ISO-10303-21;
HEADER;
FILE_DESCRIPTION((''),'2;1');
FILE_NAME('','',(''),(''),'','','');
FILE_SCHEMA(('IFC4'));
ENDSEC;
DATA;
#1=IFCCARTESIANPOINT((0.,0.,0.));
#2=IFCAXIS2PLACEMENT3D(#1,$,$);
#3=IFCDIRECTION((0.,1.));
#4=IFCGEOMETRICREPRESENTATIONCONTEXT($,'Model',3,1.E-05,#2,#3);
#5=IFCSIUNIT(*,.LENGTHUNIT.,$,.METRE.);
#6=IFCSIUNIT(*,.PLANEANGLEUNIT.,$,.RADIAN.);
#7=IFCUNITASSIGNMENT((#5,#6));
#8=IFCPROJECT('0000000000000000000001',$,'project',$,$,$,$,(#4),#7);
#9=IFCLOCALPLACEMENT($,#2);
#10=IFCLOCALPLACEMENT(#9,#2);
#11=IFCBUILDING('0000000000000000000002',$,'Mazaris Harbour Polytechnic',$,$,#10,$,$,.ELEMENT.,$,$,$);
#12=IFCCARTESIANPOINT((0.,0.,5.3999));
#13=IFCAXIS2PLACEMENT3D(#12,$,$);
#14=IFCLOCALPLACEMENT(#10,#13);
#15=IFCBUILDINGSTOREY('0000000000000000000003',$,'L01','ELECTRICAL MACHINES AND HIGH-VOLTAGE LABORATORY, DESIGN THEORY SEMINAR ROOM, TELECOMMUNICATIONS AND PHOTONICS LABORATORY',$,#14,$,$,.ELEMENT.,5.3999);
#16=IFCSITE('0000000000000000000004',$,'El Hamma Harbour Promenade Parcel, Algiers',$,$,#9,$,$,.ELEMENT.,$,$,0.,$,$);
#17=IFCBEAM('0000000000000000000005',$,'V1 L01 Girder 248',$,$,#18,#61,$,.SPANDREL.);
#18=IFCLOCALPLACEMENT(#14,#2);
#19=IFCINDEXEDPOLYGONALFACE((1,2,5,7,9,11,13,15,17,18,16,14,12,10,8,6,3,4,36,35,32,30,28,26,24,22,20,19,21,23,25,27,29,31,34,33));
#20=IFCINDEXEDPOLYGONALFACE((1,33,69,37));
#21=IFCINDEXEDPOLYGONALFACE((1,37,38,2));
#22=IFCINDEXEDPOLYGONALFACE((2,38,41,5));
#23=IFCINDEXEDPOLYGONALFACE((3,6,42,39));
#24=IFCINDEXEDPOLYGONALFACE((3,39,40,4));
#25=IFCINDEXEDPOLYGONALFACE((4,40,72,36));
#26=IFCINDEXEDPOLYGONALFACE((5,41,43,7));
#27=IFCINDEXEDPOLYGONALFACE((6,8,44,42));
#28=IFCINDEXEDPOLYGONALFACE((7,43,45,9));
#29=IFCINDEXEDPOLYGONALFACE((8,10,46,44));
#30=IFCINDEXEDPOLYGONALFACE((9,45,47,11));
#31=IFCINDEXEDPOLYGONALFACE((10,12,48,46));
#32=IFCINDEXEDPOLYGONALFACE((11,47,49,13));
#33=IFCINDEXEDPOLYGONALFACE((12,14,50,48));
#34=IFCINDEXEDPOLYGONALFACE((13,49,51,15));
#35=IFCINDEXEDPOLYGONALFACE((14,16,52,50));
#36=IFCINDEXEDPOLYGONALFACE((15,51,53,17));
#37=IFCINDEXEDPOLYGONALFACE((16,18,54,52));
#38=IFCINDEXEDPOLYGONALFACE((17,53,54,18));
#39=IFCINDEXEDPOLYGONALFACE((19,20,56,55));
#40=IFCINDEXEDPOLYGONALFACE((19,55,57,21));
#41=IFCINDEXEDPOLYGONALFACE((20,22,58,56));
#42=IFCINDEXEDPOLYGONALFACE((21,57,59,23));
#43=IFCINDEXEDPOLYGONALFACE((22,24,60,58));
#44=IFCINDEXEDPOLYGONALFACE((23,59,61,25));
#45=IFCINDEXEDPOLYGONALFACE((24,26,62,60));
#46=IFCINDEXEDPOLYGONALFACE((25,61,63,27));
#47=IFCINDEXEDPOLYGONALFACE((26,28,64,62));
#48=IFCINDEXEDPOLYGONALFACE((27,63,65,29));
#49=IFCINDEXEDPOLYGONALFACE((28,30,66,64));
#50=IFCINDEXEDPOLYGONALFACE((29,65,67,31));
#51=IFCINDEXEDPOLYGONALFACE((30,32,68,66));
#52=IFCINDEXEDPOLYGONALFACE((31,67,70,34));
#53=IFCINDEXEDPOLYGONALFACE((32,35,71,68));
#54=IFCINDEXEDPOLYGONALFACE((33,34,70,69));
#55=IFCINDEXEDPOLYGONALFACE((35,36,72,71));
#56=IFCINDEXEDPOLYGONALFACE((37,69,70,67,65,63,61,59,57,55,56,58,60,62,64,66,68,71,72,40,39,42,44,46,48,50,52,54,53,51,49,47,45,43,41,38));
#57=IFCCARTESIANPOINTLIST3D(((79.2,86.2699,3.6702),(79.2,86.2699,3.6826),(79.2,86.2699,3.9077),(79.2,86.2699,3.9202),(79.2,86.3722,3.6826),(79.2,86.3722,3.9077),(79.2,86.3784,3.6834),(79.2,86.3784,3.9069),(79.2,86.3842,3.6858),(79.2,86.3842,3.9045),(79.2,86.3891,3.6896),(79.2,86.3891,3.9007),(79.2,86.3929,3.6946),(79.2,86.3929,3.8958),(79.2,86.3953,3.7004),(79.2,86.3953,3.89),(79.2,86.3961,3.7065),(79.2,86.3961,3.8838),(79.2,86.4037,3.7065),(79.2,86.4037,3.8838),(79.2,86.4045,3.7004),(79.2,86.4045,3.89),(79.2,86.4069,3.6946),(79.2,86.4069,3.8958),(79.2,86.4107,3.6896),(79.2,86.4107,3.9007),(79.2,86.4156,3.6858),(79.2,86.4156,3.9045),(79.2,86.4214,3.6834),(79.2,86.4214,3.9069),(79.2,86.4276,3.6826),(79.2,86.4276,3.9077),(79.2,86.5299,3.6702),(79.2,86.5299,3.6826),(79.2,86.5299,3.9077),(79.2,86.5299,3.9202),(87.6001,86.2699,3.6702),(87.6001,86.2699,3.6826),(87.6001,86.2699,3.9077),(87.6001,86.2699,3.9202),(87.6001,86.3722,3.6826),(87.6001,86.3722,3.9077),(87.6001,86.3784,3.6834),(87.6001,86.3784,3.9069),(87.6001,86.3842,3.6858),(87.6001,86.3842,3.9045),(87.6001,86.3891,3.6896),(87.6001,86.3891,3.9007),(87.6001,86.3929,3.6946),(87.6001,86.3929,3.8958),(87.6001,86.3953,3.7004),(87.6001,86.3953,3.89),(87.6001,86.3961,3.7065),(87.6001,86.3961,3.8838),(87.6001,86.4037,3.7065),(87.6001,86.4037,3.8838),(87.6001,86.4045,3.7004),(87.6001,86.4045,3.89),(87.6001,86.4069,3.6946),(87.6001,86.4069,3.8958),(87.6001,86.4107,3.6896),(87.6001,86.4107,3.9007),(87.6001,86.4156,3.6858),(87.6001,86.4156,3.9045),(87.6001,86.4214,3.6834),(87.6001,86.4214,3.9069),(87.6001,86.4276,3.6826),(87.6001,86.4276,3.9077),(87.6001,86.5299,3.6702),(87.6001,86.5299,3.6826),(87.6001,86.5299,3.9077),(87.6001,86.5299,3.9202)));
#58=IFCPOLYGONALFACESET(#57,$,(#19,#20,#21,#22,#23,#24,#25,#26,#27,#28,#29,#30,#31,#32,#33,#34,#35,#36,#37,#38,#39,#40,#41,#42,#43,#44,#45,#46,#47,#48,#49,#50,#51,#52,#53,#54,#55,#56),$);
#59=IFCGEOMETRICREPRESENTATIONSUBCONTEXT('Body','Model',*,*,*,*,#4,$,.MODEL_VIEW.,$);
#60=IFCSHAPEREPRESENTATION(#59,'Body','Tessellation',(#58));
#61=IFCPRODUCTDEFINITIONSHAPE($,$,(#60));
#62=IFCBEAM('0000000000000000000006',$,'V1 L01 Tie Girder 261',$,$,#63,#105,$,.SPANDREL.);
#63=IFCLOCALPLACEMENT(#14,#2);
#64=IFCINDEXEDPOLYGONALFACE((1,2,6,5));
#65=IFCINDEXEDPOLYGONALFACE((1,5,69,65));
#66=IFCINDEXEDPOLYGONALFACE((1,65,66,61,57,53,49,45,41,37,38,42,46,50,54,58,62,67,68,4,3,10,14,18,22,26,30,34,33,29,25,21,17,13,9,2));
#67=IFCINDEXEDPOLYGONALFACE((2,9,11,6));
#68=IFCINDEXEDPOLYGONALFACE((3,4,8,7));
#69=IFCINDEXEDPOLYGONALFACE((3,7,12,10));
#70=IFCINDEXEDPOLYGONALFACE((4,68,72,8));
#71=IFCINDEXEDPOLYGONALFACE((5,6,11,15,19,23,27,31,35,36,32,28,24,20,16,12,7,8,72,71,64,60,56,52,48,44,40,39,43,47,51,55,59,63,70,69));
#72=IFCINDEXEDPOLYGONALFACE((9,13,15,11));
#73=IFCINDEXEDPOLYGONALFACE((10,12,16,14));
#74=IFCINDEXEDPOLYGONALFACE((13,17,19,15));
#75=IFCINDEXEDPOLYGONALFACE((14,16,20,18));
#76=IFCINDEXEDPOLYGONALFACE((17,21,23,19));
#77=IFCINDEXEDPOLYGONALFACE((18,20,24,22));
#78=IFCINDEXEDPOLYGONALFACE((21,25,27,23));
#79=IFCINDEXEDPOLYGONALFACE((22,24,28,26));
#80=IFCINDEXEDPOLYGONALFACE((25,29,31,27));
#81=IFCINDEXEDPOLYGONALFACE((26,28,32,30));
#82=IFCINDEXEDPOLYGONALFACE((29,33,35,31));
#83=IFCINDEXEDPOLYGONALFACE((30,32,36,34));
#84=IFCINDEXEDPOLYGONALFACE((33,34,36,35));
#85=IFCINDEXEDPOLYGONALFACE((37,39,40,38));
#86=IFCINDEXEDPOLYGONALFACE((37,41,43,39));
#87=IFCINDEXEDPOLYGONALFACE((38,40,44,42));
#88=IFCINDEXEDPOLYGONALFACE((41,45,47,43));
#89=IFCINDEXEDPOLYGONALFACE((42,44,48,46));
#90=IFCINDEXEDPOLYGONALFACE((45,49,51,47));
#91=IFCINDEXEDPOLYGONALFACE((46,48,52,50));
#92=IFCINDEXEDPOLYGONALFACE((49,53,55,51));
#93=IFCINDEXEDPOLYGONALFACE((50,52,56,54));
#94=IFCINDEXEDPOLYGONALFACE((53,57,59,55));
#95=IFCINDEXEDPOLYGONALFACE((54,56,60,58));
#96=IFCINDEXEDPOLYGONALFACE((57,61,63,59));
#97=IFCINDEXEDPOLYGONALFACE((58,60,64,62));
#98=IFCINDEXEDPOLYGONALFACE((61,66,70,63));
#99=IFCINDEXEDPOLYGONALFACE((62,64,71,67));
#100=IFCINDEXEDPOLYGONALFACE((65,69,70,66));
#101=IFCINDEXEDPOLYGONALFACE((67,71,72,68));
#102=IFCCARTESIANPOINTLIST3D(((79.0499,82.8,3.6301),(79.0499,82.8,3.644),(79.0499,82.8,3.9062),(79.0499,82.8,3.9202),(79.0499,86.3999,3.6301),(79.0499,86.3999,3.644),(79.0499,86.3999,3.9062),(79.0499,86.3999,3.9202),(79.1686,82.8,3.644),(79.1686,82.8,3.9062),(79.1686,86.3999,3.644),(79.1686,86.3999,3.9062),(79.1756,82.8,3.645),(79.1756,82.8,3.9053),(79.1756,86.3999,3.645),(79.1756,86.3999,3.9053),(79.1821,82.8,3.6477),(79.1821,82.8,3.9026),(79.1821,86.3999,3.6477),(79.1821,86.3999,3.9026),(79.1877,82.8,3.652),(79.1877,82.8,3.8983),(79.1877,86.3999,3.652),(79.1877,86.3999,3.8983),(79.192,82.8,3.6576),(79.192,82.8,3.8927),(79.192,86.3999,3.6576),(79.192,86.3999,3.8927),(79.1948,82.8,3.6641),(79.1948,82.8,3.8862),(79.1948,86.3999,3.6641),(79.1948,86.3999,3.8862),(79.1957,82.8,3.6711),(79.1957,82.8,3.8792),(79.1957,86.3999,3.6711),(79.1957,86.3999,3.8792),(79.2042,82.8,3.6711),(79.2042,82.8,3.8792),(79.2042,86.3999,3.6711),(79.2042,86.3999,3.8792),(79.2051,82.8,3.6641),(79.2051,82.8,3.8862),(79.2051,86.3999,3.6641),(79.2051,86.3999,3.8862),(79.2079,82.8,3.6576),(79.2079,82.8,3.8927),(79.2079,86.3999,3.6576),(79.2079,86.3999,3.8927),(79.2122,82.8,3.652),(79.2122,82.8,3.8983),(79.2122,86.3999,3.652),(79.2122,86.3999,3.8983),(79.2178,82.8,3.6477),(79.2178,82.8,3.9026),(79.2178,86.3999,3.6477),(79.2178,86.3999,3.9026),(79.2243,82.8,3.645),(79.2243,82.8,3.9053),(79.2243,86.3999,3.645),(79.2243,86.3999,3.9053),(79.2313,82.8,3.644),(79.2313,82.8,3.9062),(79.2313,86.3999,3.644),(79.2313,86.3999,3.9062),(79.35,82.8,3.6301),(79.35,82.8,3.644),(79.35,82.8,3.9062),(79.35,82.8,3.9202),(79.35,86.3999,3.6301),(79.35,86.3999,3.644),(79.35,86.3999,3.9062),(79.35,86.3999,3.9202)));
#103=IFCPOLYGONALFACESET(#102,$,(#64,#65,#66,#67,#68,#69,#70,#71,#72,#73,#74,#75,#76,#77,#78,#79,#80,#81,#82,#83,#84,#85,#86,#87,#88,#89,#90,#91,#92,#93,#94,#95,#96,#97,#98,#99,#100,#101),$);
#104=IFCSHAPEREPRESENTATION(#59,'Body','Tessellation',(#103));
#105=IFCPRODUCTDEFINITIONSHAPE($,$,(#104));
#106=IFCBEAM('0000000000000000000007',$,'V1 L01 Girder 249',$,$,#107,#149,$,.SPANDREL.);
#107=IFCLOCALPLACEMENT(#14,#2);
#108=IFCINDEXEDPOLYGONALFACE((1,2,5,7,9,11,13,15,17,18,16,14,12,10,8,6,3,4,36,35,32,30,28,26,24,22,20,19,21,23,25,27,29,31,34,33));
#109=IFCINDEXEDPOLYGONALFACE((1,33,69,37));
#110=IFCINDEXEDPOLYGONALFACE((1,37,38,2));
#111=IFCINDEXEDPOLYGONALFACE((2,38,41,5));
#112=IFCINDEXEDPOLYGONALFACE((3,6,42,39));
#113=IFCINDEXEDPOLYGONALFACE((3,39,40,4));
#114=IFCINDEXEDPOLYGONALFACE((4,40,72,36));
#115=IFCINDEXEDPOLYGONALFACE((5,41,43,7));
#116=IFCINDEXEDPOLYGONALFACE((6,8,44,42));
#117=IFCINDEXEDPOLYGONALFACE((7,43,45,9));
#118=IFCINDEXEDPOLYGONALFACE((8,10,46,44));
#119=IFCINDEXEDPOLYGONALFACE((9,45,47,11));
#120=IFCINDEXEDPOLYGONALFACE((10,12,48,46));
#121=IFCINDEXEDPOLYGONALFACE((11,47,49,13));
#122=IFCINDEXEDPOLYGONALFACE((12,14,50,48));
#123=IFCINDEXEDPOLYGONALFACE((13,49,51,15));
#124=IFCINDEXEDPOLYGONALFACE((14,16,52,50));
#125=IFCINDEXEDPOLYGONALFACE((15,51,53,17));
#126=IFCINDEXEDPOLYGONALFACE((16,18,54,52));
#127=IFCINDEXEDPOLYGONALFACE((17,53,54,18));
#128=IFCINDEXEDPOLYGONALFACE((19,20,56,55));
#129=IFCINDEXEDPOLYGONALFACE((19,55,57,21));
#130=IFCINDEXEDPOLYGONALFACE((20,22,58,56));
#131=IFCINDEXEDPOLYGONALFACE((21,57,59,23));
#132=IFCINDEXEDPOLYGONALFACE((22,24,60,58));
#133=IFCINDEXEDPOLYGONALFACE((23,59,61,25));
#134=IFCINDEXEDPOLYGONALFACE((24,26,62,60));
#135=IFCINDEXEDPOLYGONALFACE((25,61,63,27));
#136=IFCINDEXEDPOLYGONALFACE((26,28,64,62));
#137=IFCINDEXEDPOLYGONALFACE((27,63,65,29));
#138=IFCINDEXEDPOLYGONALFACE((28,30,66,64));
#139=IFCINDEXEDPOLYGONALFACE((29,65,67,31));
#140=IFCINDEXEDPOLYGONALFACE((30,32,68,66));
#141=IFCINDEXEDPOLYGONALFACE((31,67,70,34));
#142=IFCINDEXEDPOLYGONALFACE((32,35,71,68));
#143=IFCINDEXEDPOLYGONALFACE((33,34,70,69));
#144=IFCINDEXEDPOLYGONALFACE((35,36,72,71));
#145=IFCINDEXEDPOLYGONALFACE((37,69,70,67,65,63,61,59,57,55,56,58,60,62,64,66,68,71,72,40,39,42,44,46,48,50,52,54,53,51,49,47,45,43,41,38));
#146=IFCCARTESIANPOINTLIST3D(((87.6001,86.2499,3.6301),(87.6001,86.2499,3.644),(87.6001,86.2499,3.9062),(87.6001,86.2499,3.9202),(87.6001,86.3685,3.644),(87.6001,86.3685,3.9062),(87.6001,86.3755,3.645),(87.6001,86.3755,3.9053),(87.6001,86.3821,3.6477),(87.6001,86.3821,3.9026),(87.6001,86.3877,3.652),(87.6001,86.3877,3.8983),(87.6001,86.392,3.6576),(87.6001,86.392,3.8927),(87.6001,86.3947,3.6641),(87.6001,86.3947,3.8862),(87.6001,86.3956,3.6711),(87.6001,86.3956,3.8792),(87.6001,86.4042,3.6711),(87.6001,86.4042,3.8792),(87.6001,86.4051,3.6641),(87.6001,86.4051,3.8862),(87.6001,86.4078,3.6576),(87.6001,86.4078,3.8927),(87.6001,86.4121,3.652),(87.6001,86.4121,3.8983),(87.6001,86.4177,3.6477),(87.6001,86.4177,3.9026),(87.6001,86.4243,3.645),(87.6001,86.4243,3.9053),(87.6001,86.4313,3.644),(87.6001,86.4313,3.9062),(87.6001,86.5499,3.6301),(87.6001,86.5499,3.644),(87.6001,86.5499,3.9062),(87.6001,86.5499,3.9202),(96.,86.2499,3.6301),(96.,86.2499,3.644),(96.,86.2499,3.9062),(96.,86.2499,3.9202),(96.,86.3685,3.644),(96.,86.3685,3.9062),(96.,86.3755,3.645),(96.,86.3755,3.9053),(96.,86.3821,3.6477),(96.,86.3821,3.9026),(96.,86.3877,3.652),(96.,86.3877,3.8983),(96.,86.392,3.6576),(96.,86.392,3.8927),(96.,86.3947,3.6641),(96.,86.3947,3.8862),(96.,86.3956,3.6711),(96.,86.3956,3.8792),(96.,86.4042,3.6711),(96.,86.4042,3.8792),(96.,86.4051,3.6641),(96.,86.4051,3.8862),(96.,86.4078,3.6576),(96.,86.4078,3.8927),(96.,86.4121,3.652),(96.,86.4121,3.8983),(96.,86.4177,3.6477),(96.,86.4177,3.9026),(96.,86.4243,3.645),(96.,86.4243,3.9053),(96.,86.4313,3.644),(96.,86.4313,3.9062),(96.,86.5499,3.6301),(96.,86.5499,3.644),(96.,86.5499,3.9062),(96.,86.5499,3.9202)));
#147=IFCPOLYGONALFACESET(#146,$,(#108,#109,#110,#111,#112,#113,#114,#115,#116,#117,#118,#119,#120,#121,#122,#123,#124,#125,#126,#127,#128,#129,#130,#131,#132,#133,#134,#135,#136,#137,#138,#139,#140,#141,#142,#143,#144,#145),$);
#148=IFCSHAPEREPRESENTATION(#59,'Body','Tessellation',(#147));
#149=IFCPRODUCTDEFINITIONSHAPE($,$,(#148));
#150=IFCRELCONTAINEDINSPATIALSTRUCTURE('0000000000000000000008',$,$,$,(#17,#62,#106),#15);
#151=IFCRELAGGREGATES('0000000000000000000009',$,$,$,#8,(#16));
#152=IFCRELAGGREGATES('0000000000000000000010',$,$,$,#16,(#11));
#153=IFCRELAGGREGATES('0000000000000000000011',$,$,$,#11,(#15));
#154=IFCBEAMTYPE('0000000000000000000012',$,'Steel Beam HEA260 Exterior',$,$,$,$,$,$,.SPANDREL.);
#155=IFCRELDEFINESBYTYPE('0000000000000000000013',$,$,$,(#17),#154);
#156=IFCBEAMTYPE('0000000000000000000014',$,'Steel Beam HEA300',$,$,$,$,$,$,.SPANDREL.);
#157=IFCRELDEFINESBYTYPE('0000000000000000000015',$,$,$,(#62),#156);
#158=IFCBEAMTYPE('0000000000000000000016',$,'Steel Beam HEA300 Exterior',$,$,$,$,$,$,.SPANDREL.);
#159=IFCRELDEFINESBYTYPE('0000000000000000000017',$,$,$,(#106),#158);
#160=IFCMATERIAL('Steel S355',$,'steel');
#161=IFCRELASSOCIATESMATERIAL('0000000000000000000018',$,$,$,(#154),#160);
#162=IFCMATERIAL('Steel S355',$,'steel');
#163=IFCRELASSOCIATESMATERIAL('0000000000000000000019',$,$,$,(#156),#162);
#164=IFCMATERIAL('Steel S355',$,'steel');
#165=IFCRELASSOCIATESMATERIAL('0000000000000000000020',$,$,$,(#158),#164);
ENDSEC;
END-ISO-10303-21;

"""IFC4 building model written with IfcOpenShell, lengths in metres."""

from ifc_helpers import new_model, si_unit, direction, frame, origin, origin_2d, place, context, subcontext, project, spatial, i_section, extrude, material, material_profile, profile_set, type_object, element, save


model = new_model("IFC4")

# Units and contexts
model_context = context("Model", 3, precision=1e-05, world=origin(), true_north=direction((0.0, 1.0)))
body_context = subcontext(model_context, "Body", "Model", "MODEL_VIEW")
ifc_project = project(units=[si_unit("LENGTHUNIT", "METRE"), si_unit("PLANEANGLEUNIT", "RADIAN")], contexts=[model_context])

# Site, building, storey
site_placement = place(None, origin())
site = spatial("IfcSite", under=ifc_project, at=site_placement, Name="El Hamma Harbour Promenade Parcel, Algiers", CompositionType="ELEMENT", RefElevation=0.0)
building_placement = place(site_placement, origin())
building = spatial("IfcBuilding", under=site, at=building_placement, Name="Mazaris Harbour Polytechnic", CompositionType="ELEMENT")
storey_placement = place(building_placement, frame((0.0, 0.0, 5.3999)))
storey = spatial("IfcBuildingStorey", under=building, at=storey_placement, Name="L01", Description="ELECTRICAL MACHINES AND HIGH-VOLTAGE LABORATORY, DESIGN THEORY SEMINAR ROOM, TELECOMMUNICATIONS AND PHOTONICS LABORATORY", CompositionType="ELEMENT", Elevation=5.3999)

# Beams
ifc_material_1 = material(Name="Steel S355", Category="steel")
ifc_material_profile_1 = material_profile(ifc_material_1, i_section(OverallWidth=0.26, OverallDepth=0.25, WebThickness=0.0076, FlangeThickness=0.0125, FilletRadius=0.0239, at=origin_2d()), Name="HEA 260")
ifc_profile_set_1 = profile_set([ifc_material_profile_1], Name="Steel S355")
beam_type_1 = type_object("IfcBeamType", Name="Steel Beam HEA260 Exterior", PredefinedType="SPANDREL", material=ifc_profile_set_1)
beam_1_placement = place(storey_placement, frame((79.2, 86.3999, 3.7952), z_axis=(1.0, 0.0, 0.0), x_axis=(0.0, 1.0, 0.0)))
element("IfcBeam", 1, at=beam_1_placement, inside=storey, type_object=beam_type_1, Name="V1 L01 Girder 248", PredefinedType="SPANDREL", context=body_context, shape_type="SweptSolid", body=[
    extrude(i_section(OverallWidth=0.26, OverallDepth=0.25, WebThickness=0.0076, FlangeThickness=0.0125, FilletRadius=0.0239, at=origin_2d()), origin(), (0.0, 0.0, 1.0), 8.4001),
])
ifc_material_2 = material(Name="Steel S355", Category="steel")
ifc_material_profile_2 = material_profile(ifc_material_2, i_section(OverallWidth=0.3, OverallDepth=0.29, WebThickness=0.0085, FlangeThickness=0.0139, FilletRadius=0.0271, at=origin_2d()), Name="HEA 300")
ifc_profile_set_2 = profile_set([ifc_material_profile_2], Name="Steel S355")
beam_type_2 = type_object("IfcBeamType", Name="Steel Beam HEA300", PredefinedType="SPANDREL", material=ifc_profile_set_2)
beam_2_placement = place(storey_placement, frame((79.2, 82.8, 3.7751), z_axis=(0.0, 1.0, 0.0), x_axis=(-1.0, 0.0, 0.0)))
element("IfcBeam", 2, at=beam_2_placement, inside=storey, type_object=beam_type_2, Name="V1 L01 Tie Girder 261", PredefinedType="SPANDREL", context=body_context, shape_type="SweptSolid", body=[
    extrude(i_section(OverallWidth=0.3, OverallDepth=0.29, WebThickness=0.0085, FlangeThickness=0.0139, FilletRadius=0.0271, at=origin_2d()), origin(), (0.0, 0.0, 1.0), 3.5999),
])
ifc_material_3 = material(Name="Steel S355", Category="steel")
ifc_material_profile_3 = material_profile(ifc_material_3, i_section(OverallWidth=0.3, OverallDepth=0.29, WebThickness=0.0085, FlangeThickness=0.0139, FilletRadius=0.0271, at=origin_2d()), Name="HEA 300")
ifc_profile_set_3 = profile_set([ifc_material_profile_3], Name="Steel S355")
beam_type_3 = type_object("IfcBeamType", Name="Steel Beam HEA300 Exterior", PredefinedType="SPANDREL", material=ifc_profile_set_3)
beam_3_placement = place(storey_placement, frame((87.6001, 86.3999, 3.7751), z_axis=(1.0, 0.0, 0.0), x_axis=(0.0, 1.0, 0.0)))
element("IfcBeam", 3, at=beam_3_placement, inside=storey, type_object=beam_type_3, Name="V1 L01 Girder 249", PredefinedType="SPANDREL", context=body_context, shape_type="SweptSolid", body=[
    extrude(i_section(OverallWidth=0.3, OverallDepth=0.29, WebThickness=0.0085, FlangeThickness=0.0139, FilletRadius=0.0271, at=origin_2d()), origin(), (0.0, 0.0, 1.0), 8.3999),
])

save(model, "model.ifc")
